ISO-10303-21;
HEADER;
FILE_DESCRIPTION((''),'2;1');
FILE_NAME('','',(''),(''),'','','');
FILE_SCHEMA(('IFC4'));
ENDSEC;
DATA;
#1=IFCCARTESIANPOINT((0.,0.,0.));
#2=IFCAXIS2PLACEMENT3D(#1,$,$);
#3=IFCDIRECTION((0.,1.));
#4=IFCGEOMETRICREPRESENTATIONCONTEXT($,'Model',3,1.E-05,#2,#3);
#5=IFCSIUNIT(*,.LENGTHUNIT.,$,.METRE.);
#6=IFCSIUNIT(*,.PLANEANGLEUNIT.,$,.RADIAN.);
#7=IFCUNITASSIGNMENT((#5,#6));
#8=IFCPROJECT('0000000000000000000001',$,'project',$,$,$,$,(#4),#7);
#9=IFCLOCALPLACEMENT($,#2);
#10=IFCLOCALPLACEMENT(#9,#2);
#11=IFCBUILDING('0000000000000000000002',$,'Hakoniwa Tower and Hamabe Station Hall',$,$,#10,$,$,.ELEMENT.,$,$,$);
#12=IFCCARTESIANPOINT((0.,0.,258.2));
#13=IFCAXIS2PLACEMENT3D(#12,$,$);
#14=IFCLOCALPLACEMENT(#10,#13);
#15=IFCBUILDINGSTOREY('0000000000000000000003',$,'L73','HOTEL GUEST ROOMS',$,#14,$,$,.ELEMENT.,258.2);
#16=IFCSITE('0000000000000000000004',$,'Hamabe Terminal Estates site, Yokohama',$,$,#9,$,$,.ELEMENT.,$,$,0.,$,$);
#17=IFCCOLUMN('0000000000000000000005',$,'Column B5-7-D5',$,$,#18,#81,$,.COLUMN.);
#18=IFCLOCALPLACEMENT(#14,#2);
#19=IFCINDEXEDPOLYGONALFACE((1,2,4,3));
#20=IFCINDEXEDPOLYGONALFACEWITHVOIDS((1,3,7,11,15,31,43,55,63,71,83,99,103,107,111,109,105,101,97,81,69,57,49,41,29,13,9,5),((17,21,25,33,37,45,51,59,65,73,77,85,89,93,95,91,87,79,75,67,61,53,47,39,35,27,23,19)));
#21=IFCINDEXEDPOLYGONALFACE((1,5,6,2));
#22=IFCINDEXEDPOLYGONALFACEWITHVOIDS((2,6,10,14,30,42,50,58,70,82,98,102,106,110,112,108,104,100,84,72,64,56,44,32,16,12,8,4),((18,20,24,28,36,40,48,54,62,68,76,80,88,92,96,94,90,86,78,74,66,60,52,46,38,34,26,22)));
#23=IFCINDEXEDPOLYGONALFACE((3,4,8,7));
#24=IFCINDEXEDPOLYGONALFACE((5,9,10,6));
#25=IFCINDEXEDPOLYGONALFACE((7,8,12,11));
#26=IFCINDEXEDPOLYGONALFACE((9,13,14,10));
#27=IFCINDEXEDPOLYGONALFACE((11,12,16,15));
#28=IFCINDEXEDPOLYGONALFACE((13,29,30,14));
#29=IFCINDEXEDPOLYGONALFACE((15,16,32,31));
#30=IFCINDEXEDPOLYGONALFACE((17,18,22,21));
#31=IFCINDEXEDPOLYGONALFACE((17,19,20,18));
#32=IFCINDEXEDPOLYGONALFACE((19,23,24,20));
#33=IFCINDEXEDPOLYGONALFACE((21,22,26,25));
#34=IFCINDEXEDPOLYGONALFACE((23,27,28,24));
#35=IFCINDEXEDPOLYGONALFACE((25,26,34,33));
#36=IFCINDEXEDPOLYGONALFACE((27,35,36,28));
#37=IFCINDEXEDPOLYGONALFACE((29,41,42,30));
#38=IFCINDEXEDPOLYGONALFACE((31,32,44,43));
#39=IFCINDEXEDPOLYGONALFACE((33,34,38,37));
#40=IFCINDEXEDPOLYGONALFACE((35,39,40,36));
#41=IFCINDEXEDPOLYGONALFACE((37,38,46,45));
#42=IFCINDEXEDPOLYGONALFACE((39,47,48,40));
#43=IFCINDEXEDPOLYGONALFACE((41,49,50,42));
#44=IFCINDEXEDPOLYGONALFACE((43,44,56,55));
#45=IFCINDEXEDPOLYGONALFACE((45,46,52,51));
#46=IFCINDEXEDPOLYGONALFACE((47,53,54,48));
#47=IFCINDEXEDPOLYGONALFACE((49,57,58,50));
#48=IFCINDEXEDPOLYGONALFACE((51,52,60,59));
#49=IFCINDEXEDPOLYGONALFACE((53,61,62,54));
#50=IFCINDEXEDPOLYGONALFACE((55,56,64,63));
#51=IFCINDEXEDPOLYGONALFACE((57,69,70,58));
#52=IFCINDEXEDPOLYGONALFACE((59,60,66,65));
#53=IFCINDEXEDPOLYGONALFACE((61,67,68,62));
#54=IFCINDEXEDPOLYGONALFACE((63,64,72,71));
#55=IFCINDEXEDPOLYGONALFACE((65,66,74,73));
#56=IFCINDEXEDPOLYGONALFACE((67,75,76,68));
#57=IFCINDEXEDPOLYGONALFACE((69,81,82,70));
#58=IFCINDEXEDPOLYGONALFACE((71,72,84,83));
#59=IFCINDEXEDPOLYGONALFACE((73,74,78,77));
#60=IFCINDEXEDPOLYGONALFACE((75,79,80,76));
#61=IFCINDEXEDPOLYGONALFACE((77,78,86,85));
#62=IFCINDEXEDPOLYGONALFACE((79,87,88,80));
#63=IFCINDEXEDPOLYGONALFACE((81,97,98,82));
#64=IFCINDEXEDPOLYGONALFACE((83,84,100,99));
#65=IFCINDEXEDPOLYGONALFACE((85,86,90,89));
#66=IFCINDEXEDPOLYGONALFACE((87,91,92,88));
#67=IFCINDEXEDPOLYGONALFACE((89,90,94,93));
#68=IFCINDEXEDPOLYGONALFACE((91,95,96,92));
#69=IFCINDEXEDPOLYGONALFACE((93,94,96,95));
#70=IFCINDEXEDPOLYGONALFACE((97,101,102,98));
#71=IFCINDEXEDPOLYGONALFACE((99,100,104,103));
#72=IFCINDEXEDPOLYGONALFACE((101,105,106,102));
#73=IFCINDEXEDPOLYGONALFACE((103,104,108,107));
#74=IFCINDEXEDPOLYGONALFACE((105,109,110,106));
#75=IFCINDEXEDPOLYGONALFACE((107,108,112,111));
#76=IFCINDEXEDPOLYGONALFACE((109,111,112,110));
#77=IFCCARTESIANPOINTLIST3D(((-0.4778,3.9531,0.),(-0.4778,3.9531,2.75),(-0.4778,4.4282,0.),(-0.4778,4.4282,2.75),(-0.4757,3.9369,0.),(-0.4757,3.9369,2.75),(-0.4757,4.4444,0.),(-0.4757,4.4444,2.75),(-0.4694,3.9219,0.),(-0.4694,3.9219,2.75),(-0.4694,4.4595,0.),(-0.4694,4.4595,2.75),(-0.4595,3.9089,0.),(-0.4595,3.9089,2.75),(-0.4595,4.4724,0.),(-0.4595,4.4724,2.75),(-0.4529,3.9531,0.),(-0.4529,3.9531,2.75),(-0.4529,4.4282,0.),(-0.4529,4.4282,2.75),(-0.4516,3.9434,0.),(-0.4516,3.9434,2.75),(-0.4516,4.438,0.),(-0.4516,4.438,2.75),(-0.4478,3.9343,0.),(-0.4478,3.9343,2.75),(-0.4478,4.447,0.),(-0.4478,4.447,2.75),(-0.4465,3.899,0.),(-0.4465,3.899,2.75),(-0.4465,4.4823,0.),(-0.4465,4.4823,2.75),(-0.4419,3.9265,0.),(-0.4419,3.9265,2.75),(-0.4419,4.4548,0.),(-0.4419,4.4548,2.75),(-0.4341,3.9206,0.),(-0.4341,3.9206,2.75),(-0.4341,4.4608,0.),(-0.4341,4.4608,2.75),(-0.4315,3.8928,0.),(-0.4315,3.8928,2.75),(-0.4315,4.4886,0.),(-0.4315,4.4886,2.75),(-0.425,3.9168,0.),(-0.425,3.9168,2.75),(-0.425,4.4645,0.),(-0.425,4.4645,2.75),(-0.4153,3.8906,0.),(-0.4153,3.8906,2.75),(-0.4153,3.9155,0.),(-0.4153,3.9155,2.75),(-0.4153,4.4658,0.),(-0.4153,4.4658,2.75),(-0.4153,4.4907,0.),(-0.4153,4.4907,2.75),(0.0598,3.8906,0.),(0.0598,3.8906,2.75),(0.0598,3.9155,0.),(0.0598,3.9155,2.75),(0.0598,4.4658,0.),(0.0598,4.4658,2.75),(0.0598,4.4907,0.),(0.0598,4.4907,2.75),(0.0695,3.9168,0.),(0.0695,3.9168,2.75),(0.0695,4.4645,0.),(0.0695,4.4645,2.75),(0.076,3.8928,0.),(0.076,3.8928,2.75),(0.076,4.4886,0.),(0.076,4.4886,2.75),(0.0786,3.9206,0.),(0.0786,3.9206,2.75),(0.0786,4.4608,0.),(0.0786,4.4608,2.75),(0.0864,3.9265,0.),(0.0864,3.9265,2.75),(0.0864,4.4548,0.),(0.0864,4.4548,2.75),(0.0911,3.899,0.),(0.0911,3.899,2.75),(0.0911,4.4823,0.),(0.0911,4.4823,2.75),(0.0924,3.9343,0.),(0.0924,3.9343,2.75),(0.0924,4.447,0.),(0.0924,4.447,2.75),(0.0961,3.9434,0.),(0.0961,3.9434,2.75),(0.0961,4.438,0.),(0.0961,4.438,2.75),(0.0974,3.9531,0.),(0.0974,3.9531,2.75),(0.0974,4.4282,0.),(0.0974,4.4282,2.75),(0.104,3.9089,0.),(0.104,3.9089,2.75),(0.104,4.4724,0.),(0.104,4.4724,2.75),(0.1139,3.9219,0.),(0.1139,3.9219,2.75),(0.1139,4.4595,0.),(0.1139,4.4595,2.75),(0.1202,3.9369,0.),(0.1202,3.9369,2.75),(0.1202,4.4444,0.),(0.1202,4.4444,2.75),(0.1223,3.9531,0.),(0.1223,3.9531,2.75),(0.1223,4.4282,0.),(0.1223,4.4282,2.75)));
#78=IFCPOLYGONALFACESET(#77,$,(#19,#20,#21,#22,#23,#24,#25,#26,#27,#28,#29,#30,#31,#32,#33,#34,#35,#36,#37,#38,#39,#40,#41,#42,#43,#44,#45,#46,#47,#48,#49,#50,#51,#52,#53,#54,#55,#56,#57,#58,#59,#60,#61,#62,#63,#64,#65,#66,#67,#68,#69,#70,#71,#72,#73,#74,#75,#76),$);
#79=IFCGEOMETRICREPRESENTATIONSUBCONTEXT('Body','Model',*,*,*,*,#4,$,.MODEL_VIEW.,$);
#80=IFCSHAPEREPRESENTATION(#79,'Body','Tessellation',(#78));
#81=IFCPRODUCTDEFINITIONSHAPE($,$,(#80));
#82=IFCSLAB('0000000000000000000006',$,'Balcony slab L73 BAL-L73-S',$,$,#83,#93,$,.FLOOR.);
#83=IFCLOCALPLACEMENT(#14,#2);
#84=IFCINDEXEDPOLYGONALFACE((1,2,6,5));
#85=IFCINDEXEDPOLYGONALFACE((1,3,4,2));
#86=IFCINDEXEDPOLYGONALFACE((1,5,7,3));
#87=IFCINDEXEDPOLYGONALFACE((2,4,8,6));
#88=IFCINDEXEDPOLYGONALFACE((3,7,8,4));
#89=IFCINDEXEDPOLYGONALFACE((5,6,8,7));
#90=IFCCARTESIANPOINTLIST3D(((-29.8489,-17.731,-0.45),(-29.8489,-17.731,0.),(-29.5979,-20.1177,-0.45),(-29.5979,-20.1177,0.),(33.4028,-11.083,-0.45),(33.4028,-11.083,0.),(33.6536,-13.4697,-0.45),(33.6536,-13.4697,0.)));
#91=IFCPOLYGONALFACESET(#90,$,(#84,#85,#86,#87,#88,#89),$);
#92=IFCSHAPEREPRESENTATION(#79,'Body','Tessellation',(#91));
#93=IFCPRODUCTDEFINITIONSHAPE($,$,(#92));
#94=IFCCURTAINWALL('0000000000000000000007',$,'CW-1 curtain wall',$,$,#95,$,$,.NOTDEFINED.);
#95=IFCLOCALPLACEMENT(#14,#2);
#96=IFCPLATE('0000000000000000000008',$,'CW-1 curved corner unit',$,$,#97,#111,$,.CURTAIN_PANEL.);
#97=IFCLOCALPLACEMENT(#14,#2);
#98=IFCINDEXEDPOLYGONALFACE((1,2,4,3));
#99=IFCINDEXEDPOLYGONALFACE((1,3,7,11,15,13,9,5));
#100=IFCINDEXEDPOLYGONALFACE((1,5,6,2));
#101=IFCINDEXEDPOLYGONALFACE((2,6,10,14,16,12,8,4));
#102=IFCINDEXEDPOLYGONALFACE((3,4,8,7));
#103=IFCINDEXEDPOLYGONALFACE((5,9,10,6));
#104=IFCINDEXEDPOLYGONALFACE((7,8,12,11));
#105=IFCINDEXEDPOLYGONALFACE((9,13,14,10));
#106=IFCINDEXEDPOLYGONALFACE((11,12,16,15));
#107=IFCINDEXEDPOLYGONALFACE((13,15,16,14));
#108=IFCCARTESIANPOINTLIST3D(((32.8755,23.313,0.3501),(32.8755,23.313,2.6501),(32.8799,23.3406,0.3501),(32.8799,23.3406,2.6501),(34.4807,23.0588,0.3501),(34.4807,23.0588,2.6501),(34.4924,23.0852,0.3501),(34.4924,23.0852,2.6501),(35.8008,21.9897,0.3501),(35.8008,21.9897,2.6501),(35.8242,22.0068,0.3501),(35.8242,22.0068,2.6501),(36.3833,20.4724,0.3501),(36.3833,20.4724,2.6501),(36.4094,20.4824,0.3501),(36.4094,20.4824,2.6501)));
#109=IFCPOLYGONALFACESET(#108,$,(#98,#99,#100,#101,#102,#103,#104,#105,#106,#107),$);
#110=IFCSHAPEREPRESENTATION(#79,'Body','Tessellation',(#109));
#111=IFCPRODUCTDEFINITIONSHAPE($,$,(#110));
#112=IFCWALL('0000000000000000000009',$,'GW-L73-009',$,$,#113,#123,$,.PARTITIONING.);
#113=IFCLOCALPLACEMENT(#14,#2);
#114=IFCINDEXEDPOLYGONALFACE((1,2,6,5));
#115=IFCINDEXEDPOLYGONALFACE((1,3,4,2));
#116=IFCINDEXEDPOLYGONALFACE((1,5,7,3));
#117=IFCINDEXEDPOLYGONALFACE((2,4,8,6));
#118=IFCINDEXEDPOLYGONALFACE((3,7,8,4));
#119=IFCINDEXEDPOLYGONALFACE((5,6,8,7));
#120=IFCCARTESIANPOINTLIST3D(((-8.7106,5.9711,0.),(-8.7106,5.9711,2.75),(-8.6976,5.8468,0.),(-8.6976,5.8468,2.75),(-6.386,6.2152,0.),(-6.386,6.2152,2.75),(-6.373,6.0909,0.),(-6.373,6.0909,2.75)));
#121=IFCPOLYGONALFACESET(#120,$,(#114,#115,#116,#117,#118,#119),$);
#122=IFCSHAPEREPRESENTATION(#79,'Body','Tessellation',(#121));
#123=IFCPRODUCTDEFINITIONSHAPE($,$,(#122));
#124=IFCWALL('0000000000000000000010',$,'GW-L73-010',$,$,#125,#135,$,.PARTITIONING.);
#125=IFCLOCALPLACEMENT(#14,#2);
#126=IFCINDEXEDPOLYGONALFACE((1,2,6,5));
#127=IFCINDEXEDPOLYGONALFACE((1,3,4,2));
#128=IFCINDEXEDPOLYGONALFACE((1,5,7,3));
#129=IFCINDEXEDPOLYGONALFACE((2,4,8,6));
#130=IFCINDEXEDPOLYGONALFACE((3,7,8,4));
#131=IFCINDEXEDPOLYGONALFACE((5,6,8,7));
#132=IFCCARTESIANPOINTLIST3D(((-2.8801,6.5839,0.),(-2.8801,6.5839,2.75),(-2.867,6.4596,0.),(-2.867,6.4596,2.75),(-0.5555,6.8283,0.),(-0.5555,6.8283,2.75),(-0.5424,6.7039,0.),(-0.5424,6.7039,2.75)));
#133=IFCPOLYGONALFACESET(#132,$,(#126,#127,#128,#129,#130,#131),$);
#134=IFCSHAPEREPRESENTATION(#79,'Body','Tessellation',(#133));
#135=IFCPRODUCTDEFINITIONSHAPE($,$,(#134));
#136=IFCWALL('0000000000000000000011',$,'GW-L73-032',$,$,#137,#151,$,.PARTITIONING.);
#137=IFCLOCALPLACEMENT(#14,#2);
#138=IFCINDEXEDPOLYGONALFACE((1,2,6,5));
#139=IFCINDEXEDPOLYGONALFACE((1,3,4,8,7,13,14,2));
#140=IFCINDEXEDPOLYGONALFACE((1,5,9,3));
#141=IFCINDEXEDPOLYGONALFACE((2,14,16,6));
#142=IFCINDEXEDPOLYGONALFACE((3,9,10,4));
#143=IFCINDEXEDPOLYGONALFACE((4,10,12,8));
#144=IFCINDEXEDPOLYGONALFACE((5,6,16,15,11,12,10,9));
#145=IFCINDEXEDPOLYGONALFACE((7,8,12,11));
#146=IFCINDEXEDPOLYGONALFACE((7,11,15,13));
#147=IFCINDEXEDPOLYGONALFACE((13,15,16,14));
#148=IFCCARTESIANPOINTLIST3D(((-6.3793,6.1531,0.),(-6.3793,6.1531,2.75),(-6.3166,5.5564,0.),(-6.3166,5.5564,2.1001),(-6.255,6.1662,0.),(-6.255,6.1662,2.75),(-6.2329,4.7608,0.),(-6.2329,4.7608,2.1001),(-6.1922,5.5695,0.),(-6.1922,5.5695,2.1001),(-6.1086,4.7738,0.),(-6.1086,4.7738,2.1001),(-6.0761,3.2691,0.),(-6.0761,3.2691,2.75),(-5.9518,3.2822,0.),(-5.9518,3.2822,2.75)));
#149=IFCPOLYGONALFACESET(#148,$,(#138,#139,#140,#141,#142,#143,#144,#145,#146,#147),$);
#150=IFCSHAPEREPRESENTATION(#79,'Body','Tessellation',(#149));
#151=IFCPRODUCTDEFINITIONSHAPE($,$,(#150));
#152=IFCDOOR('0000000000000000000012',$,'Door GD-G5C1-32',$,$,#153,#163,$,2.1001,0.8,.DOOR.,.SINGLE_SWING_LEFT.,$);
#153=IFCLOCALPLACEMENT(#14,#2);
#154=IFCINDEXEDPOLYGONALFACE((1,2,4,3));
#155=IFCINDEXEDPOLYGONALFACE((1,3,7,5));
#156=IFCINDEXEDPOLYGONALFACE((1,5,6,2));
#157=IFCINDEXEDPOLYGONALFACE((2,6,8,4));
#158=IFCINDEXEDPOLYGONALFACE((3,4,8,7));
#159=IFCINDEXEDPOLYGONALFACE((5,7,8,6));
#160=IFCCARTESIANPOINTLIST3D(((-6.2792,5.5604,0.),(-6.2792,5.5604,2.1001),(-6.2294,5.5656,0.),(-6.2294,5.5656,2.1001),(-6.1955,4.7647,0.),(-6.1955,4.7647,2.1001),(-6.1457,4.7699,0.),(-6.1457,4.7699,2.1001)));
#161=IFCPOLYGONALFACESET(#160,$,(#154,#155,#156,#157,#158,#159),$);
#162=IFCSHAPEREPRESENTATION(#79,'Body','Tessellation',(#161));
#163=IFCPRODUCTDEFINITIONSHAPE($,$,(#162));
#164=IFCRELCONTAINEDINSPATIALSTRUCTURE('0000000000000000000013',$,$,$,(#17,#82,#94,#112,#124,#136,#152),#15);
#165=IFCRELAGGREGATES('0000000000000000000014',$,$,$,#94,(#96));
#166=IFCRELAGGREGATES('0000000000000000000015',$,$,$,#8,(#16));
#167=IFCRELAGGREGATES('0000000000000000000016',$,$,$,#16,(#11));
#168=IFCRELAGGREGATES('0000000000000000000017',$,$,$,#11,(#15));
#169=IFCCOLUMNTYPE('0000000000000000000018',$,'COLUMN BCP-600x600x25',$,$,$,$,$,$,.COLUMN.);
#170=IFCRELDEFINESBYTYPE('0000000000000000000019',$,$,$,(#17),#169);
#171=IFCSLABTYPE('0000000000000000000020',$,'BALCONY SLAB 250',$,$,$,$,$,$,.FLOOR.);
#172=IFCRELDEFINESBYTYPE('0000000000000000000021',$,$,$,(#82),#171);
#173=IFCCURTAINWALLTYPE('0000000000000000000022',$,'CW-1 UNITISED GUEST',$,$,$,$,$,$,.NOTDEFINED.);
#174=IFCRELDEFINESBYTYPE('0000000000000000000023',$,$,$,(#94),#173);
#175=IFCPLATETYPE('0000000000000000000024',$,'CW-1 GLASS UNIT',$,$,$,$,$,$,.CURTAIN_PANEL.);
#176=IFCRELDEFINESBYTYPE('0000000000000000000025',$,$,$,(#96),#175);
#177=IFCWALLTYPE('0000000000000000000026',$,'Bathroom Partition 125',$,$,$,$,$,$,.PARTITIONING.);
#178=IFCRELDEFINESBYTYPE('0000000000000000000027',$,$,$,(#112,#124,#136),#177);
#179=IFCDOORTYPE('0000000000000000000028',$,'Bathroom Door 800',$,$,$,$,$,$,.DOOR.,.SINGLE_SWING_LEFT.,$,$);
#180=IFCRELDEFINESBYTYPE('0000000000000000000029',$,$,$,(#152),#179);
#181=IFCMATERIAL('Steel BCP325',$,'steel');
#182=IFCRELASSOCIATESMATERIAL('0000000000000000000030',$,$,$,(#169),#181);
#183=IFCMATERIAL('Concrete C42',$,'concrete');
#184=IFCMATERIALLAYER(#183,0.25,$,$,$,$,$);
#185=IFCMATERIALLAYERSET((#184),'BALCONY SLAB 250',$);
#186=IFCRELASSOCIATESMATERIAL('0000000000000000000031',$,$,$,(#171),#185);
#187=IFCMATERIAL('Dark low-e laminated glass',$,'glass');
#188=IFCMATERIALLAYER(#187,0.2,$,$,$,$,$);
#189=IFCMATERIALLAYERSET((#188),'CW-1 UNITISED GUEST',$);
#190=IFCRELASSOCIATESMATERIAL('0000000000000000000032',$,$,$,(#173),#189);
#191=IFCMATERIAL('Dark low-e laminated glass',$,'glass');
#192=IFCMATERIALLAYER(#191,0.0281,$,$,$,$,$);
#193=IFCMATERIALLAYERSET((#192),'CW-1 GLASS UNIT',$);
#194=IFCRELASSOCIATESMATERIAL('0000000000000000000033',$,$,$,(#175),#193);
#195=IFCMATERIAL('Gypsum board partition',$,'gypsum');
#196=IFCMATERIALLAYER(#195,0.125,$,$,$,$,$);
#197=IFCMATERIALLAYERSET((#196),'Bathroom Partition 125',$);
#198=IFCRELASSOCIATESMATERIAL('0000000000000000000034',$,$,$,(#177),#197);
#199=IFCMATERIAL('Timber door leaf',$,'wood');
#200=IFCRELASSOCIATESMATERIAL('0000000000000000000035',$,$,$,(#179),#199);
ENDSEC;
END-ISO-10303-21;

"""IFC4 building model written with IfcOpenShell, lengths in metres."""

from ifc_helpers import new_model, si_unit, direction, frame, frame_2d, origin, origin_2d, place, context, subcontext, project, spatial, polyline, rectangle, hollow_rectangle, outline, extrude, material, layer, layer_set, material_profile, profile_set, type_object, element, fill, aggregate, save


model = new_model("IFC4")

# Units and contexts
model_context = context("Model", 3, precision=1e-05, world=origin(), true_north=direction((0.0, 1.0)))
body_context = subcontext(model_context, "Body", "Model", "MODEL_VIEW")
ifc_project = project(units=[si_unit("LENGTHUNIT", "METRE"), si_unit("PLANEANGLEUNIT", "RADIAN")], contexts=[model_context])

# Site, building, storey
site_placement = place(None, origin())
site = spatial("IfcSite", under=ifc_project, at=site_placement, Name="Hamabe Terminal Estates site, Yokohama", CompositionType="ELEMENT", RefElevation=0.0)
building_placement = place(site_placement, origin())
building = spatial("IfcBuilding", under=site, at=building_placement, Name="Hakoniwa Tower and Hamabe Station Hall", CompositionType="ELEMENT")
storey_placement = place(building_placement, frame((0.0, 0.0, 258.2)))
storey = spatial("IfcBuildingStorey", under=building, at=storey_placement, Name="L73", Description="HOTEL GUEST ROOMS", CompositionType="ELEMENT", Elevation=258.2)

# Column
ifc_material_1 = material(Name="Steel BCP325", Category="steel")
ifc_material_profile_1 = material_profile(ifc_material_1, hollow_rectangle(XDim=0.6001, YDim=0.6001, WallThickness=0.0249, InnerFilletRadius=0.0376, OuterFilletRadius=0.0625, at=origin_2d()), Name="BCP-600x600x25")
ifc_profile_set_1 = profile_set([ifc_material_profile_1], Name="Steel BCP325")
column_type_1 = type_object("IfcColumnType", Name="COLUMN BCP-600x600x25", PredefinedType="COLUMN", material=ifc_profile_set_1)
for number, where, z_axis, x_axis, name in (
    (1, (-0.1777, 4.1907, 0.0), (0.0, 0.0, 1.0), (1.0, 0.0, 0.0), "Column B5-7-D5"),
):
    element("IfcColumn", number, at=place(storey_placement, frame(where, z_axis=z_axis, x_axis=x_axis)), inside=storey, type_object=column_type_1, Name=name, PredefinedType="COLUMN", context=body_context, shape_type="SweptSolid", body=[
        extrude(hollow_rectangle(XDim=0.6001, YDim=0.6001, WallThickness=0.0249, InnerFilletRadius=0.0376, OuterFilletRadius=0.0625, at=origin_2d()), origin(), (0.0, 0.0, 1.0), 2.75),
    ])

# Slab
ifc_material_2 = material(Name="Concrete C42", Category="concrete")
ifc_layer_1 = layer(ifc_material_2, 0.25)
ifc_layer_set_1 = layer_set([ifc_layer_1], Name="BALCONY SLAB 250")
slab_type = type_object("IfcSlabType", Name="BALCONY SLAB 250", PredefinedType="FLOOR", material=ifc_layer_set_1)
slab_placement = place(storey_placement, frame((0.0, 0.0, -0.45)))
element("IfcSlab", 2, at=slab_placement, inside=storey, type_object=slab_type, Name="Balcony slab L73 BAL-L73-S", PredefinedType="FLOOR", context=body_context, shape_type="SweptSolid", body=[
    extrude(outline(polyline([(-29.5979, -20.1177), (33.6536, -13.4697), (33.4028, -11.083), (-29.8489, -17.731), (-29.5979, -20.1177)])), origin(), (0.0, 0.0, 1.0), 0.45),
])

# Curtain wall, plate
ifc_material_3 = material(Name="Dark low-e laminated glass", Category="glass")
ifc_layer_2 = layer(ifc_material_3, 0.2)
ifc_layer_set_2 = layer_set([ifc_layer_2], Name="CW-1 UNITISED GUEST")
curtain_wall_type = type_object("IfcCurtainWallType", Name="CW-1 UNITISED GUEST", PredefinedType="NOTDEFINED", material=ifc_layer_set_2)
curtain_wall_placement = place(storey_placement, origin())
curtain_wall = element("IfcCurtainWall", 3, at=curtain_wall_placement, inside=storey, type_object=curtain_wall_type, Name="CW-1 curtain wall", PredefinedType="NOTDEFINED")
ifc_material_4 = material(Name="Dark low-e laminated glass", Category="glass")
ifc_layer_3 = layer(ifc_material_4, 0.0281)
ifc_layer_set_3 = layer_set([ifc_layer_3], Name="CW-1 GLASS UNIT")
plate_type = type_object("IfcPlateType", Name="CW-1 GLASS UNIT", PredefinedType="CURTAIN_PANEL", material=ifc_layer_set_3)
plate_placement = place(storey_placement, frame((0.0, 0.0, 0.3501)))
plate = element("IfcPlate", 4, at=plate_placement, type_object=plate_type, Name="CW-1 curved corner unit", PredefinedType="CURTAIN_PANEL", context=body_context, shape_type="SweptSolid", body=[
    extrude(outline(polyline([(36.4094, 20.4824), (35.8242, 22.0068), (34.4924, 23.0852), (32.8799, 23.3406), (32.8755, 23.313), (34.4807, 23.0588), (35.8008, 21.9897), (36.3833, 20.4724), (36.4094, 20.4824)])), origin(), (0.0, 0.0, 1.0), 2.3),
])
aggregate(curtain_wall, [plate])

# Walls
ifc_material_5 = material(Name="Gypsum board partition", Category="gypsum")
ifc_layer_4 = layer(ifc_material_5, 0.125)
ifc_layer_set_4 = layer_set([ifc_layer_4], Name="Bathroom Partition 125")
wall_type_1 = type_object("IfcWallType", Name="Bathroom Partition 125", PredefinedType="PARTITIONING", material=ifc_layer_set_4)
for number, where, z_axis, x_axis, name in (
    (5, (-8.7041, 5.9089, 0.0), (0.0, 0.0, 1.0), (0.994531, 0.104446, 0.0), "GW-L73-009"),
    (6, (-2.8735, 6.5217, 0.0), (0.0, 0.0, 1.0), (0.99452, 0.104549, 0.0), "GW-L73-010"),
):
    element("IfcWall", number, at=place(storey_placement, frame(where, z_axis=z_axis, x_axis=x_axis)), inside=storey, type_object=wall_type_1, Name=name, PredefinedType="PARTITIONING", context=body_context, shape_type="SweptSolid", body=[
        extrude(rectangle(XDim=2.3374, YDim=0.125, at=frame_2d((1.1687, 0.0))), origin(), (0.0, 0.0, 1.0), 2.75),
    ])

# Wall, opening, door
wall_1_placement = place(storey_placement, frame((-6.0139, 3.2756, 0.0), z_axis=(0.0, 0.0, 1.0), x_axis=(-0.104562, 0.994518, 0.0)))
wall_1 = element("IfcWall", 7, at=wall_1_placement, inside=storey, type_object=wall_type_1, Name="GW-L73-032", PredefinedType="PARTITIONING", context=body_context, shape_type="SweptSolid", body=[
    extrude(rectangle(XDim=2.8999, YDim=0.125, at=frame_2d((1.45, 0.0))), origin(), (0.0, 0.0, 1.0), 2.75),
])
opening_1_placement = place(wall_1_placement, frame((1.5, 0.0, 0.0)))
opening_1 = element("IfcOpeningElement", 8, at=opening_1_placement, cuts=wall_1, PredefinedType="OPENING", context=body_context, shape_type="SweptSolid", body=[
    extrude(rectangle(XDim=0.8, YDim=2.1001, at=frame_2d((0.3999, 1.05))), frame((0.0, 0.0725, 0.0), z_axis=(0.0, -1.0, 0.0), x_axis=(1.0, 0.0, 0.0)), (0.0, 0.0, 1.0), 0.145),
])
ifc_material_6 = material(Name="Timber door leaf", Category="wood")
door_type_1 = type_object("IfcDoorType", Name="Bathroom Door 800", OperationType="SINGLE_SWING_LEFT", PredefinedType="DOOR", material=ifc_material_6)
door_1_placement = place(opening_1_placement, origin())
door_1 = element("IfcDoor", 9, at=door_1_placement, inside=storey, type_object=door_type_1, Name="Door GD-G5C1-32", OperationType="SINGLE_SWING_LEFT", OverallHeight=2.1001, OverallWidth=0.8, PredefinedType="DOOR", context=body_context, shape_type="SweptSolid", body=[
    extrude(rectangle(XDim=0.8, YDim=2.1001, at=frame_2d((0.3999, 1.05))), frame((0.0, 0.0249, 0.0), z_axis=(0.0, -1.0, 0.0), x_axis=(1.0, 0.0, 0.0)), (0.0, 0.0, 1.0), 0.05),
])
fill(opening_1, door_1)

save(model, "model.ifc")
